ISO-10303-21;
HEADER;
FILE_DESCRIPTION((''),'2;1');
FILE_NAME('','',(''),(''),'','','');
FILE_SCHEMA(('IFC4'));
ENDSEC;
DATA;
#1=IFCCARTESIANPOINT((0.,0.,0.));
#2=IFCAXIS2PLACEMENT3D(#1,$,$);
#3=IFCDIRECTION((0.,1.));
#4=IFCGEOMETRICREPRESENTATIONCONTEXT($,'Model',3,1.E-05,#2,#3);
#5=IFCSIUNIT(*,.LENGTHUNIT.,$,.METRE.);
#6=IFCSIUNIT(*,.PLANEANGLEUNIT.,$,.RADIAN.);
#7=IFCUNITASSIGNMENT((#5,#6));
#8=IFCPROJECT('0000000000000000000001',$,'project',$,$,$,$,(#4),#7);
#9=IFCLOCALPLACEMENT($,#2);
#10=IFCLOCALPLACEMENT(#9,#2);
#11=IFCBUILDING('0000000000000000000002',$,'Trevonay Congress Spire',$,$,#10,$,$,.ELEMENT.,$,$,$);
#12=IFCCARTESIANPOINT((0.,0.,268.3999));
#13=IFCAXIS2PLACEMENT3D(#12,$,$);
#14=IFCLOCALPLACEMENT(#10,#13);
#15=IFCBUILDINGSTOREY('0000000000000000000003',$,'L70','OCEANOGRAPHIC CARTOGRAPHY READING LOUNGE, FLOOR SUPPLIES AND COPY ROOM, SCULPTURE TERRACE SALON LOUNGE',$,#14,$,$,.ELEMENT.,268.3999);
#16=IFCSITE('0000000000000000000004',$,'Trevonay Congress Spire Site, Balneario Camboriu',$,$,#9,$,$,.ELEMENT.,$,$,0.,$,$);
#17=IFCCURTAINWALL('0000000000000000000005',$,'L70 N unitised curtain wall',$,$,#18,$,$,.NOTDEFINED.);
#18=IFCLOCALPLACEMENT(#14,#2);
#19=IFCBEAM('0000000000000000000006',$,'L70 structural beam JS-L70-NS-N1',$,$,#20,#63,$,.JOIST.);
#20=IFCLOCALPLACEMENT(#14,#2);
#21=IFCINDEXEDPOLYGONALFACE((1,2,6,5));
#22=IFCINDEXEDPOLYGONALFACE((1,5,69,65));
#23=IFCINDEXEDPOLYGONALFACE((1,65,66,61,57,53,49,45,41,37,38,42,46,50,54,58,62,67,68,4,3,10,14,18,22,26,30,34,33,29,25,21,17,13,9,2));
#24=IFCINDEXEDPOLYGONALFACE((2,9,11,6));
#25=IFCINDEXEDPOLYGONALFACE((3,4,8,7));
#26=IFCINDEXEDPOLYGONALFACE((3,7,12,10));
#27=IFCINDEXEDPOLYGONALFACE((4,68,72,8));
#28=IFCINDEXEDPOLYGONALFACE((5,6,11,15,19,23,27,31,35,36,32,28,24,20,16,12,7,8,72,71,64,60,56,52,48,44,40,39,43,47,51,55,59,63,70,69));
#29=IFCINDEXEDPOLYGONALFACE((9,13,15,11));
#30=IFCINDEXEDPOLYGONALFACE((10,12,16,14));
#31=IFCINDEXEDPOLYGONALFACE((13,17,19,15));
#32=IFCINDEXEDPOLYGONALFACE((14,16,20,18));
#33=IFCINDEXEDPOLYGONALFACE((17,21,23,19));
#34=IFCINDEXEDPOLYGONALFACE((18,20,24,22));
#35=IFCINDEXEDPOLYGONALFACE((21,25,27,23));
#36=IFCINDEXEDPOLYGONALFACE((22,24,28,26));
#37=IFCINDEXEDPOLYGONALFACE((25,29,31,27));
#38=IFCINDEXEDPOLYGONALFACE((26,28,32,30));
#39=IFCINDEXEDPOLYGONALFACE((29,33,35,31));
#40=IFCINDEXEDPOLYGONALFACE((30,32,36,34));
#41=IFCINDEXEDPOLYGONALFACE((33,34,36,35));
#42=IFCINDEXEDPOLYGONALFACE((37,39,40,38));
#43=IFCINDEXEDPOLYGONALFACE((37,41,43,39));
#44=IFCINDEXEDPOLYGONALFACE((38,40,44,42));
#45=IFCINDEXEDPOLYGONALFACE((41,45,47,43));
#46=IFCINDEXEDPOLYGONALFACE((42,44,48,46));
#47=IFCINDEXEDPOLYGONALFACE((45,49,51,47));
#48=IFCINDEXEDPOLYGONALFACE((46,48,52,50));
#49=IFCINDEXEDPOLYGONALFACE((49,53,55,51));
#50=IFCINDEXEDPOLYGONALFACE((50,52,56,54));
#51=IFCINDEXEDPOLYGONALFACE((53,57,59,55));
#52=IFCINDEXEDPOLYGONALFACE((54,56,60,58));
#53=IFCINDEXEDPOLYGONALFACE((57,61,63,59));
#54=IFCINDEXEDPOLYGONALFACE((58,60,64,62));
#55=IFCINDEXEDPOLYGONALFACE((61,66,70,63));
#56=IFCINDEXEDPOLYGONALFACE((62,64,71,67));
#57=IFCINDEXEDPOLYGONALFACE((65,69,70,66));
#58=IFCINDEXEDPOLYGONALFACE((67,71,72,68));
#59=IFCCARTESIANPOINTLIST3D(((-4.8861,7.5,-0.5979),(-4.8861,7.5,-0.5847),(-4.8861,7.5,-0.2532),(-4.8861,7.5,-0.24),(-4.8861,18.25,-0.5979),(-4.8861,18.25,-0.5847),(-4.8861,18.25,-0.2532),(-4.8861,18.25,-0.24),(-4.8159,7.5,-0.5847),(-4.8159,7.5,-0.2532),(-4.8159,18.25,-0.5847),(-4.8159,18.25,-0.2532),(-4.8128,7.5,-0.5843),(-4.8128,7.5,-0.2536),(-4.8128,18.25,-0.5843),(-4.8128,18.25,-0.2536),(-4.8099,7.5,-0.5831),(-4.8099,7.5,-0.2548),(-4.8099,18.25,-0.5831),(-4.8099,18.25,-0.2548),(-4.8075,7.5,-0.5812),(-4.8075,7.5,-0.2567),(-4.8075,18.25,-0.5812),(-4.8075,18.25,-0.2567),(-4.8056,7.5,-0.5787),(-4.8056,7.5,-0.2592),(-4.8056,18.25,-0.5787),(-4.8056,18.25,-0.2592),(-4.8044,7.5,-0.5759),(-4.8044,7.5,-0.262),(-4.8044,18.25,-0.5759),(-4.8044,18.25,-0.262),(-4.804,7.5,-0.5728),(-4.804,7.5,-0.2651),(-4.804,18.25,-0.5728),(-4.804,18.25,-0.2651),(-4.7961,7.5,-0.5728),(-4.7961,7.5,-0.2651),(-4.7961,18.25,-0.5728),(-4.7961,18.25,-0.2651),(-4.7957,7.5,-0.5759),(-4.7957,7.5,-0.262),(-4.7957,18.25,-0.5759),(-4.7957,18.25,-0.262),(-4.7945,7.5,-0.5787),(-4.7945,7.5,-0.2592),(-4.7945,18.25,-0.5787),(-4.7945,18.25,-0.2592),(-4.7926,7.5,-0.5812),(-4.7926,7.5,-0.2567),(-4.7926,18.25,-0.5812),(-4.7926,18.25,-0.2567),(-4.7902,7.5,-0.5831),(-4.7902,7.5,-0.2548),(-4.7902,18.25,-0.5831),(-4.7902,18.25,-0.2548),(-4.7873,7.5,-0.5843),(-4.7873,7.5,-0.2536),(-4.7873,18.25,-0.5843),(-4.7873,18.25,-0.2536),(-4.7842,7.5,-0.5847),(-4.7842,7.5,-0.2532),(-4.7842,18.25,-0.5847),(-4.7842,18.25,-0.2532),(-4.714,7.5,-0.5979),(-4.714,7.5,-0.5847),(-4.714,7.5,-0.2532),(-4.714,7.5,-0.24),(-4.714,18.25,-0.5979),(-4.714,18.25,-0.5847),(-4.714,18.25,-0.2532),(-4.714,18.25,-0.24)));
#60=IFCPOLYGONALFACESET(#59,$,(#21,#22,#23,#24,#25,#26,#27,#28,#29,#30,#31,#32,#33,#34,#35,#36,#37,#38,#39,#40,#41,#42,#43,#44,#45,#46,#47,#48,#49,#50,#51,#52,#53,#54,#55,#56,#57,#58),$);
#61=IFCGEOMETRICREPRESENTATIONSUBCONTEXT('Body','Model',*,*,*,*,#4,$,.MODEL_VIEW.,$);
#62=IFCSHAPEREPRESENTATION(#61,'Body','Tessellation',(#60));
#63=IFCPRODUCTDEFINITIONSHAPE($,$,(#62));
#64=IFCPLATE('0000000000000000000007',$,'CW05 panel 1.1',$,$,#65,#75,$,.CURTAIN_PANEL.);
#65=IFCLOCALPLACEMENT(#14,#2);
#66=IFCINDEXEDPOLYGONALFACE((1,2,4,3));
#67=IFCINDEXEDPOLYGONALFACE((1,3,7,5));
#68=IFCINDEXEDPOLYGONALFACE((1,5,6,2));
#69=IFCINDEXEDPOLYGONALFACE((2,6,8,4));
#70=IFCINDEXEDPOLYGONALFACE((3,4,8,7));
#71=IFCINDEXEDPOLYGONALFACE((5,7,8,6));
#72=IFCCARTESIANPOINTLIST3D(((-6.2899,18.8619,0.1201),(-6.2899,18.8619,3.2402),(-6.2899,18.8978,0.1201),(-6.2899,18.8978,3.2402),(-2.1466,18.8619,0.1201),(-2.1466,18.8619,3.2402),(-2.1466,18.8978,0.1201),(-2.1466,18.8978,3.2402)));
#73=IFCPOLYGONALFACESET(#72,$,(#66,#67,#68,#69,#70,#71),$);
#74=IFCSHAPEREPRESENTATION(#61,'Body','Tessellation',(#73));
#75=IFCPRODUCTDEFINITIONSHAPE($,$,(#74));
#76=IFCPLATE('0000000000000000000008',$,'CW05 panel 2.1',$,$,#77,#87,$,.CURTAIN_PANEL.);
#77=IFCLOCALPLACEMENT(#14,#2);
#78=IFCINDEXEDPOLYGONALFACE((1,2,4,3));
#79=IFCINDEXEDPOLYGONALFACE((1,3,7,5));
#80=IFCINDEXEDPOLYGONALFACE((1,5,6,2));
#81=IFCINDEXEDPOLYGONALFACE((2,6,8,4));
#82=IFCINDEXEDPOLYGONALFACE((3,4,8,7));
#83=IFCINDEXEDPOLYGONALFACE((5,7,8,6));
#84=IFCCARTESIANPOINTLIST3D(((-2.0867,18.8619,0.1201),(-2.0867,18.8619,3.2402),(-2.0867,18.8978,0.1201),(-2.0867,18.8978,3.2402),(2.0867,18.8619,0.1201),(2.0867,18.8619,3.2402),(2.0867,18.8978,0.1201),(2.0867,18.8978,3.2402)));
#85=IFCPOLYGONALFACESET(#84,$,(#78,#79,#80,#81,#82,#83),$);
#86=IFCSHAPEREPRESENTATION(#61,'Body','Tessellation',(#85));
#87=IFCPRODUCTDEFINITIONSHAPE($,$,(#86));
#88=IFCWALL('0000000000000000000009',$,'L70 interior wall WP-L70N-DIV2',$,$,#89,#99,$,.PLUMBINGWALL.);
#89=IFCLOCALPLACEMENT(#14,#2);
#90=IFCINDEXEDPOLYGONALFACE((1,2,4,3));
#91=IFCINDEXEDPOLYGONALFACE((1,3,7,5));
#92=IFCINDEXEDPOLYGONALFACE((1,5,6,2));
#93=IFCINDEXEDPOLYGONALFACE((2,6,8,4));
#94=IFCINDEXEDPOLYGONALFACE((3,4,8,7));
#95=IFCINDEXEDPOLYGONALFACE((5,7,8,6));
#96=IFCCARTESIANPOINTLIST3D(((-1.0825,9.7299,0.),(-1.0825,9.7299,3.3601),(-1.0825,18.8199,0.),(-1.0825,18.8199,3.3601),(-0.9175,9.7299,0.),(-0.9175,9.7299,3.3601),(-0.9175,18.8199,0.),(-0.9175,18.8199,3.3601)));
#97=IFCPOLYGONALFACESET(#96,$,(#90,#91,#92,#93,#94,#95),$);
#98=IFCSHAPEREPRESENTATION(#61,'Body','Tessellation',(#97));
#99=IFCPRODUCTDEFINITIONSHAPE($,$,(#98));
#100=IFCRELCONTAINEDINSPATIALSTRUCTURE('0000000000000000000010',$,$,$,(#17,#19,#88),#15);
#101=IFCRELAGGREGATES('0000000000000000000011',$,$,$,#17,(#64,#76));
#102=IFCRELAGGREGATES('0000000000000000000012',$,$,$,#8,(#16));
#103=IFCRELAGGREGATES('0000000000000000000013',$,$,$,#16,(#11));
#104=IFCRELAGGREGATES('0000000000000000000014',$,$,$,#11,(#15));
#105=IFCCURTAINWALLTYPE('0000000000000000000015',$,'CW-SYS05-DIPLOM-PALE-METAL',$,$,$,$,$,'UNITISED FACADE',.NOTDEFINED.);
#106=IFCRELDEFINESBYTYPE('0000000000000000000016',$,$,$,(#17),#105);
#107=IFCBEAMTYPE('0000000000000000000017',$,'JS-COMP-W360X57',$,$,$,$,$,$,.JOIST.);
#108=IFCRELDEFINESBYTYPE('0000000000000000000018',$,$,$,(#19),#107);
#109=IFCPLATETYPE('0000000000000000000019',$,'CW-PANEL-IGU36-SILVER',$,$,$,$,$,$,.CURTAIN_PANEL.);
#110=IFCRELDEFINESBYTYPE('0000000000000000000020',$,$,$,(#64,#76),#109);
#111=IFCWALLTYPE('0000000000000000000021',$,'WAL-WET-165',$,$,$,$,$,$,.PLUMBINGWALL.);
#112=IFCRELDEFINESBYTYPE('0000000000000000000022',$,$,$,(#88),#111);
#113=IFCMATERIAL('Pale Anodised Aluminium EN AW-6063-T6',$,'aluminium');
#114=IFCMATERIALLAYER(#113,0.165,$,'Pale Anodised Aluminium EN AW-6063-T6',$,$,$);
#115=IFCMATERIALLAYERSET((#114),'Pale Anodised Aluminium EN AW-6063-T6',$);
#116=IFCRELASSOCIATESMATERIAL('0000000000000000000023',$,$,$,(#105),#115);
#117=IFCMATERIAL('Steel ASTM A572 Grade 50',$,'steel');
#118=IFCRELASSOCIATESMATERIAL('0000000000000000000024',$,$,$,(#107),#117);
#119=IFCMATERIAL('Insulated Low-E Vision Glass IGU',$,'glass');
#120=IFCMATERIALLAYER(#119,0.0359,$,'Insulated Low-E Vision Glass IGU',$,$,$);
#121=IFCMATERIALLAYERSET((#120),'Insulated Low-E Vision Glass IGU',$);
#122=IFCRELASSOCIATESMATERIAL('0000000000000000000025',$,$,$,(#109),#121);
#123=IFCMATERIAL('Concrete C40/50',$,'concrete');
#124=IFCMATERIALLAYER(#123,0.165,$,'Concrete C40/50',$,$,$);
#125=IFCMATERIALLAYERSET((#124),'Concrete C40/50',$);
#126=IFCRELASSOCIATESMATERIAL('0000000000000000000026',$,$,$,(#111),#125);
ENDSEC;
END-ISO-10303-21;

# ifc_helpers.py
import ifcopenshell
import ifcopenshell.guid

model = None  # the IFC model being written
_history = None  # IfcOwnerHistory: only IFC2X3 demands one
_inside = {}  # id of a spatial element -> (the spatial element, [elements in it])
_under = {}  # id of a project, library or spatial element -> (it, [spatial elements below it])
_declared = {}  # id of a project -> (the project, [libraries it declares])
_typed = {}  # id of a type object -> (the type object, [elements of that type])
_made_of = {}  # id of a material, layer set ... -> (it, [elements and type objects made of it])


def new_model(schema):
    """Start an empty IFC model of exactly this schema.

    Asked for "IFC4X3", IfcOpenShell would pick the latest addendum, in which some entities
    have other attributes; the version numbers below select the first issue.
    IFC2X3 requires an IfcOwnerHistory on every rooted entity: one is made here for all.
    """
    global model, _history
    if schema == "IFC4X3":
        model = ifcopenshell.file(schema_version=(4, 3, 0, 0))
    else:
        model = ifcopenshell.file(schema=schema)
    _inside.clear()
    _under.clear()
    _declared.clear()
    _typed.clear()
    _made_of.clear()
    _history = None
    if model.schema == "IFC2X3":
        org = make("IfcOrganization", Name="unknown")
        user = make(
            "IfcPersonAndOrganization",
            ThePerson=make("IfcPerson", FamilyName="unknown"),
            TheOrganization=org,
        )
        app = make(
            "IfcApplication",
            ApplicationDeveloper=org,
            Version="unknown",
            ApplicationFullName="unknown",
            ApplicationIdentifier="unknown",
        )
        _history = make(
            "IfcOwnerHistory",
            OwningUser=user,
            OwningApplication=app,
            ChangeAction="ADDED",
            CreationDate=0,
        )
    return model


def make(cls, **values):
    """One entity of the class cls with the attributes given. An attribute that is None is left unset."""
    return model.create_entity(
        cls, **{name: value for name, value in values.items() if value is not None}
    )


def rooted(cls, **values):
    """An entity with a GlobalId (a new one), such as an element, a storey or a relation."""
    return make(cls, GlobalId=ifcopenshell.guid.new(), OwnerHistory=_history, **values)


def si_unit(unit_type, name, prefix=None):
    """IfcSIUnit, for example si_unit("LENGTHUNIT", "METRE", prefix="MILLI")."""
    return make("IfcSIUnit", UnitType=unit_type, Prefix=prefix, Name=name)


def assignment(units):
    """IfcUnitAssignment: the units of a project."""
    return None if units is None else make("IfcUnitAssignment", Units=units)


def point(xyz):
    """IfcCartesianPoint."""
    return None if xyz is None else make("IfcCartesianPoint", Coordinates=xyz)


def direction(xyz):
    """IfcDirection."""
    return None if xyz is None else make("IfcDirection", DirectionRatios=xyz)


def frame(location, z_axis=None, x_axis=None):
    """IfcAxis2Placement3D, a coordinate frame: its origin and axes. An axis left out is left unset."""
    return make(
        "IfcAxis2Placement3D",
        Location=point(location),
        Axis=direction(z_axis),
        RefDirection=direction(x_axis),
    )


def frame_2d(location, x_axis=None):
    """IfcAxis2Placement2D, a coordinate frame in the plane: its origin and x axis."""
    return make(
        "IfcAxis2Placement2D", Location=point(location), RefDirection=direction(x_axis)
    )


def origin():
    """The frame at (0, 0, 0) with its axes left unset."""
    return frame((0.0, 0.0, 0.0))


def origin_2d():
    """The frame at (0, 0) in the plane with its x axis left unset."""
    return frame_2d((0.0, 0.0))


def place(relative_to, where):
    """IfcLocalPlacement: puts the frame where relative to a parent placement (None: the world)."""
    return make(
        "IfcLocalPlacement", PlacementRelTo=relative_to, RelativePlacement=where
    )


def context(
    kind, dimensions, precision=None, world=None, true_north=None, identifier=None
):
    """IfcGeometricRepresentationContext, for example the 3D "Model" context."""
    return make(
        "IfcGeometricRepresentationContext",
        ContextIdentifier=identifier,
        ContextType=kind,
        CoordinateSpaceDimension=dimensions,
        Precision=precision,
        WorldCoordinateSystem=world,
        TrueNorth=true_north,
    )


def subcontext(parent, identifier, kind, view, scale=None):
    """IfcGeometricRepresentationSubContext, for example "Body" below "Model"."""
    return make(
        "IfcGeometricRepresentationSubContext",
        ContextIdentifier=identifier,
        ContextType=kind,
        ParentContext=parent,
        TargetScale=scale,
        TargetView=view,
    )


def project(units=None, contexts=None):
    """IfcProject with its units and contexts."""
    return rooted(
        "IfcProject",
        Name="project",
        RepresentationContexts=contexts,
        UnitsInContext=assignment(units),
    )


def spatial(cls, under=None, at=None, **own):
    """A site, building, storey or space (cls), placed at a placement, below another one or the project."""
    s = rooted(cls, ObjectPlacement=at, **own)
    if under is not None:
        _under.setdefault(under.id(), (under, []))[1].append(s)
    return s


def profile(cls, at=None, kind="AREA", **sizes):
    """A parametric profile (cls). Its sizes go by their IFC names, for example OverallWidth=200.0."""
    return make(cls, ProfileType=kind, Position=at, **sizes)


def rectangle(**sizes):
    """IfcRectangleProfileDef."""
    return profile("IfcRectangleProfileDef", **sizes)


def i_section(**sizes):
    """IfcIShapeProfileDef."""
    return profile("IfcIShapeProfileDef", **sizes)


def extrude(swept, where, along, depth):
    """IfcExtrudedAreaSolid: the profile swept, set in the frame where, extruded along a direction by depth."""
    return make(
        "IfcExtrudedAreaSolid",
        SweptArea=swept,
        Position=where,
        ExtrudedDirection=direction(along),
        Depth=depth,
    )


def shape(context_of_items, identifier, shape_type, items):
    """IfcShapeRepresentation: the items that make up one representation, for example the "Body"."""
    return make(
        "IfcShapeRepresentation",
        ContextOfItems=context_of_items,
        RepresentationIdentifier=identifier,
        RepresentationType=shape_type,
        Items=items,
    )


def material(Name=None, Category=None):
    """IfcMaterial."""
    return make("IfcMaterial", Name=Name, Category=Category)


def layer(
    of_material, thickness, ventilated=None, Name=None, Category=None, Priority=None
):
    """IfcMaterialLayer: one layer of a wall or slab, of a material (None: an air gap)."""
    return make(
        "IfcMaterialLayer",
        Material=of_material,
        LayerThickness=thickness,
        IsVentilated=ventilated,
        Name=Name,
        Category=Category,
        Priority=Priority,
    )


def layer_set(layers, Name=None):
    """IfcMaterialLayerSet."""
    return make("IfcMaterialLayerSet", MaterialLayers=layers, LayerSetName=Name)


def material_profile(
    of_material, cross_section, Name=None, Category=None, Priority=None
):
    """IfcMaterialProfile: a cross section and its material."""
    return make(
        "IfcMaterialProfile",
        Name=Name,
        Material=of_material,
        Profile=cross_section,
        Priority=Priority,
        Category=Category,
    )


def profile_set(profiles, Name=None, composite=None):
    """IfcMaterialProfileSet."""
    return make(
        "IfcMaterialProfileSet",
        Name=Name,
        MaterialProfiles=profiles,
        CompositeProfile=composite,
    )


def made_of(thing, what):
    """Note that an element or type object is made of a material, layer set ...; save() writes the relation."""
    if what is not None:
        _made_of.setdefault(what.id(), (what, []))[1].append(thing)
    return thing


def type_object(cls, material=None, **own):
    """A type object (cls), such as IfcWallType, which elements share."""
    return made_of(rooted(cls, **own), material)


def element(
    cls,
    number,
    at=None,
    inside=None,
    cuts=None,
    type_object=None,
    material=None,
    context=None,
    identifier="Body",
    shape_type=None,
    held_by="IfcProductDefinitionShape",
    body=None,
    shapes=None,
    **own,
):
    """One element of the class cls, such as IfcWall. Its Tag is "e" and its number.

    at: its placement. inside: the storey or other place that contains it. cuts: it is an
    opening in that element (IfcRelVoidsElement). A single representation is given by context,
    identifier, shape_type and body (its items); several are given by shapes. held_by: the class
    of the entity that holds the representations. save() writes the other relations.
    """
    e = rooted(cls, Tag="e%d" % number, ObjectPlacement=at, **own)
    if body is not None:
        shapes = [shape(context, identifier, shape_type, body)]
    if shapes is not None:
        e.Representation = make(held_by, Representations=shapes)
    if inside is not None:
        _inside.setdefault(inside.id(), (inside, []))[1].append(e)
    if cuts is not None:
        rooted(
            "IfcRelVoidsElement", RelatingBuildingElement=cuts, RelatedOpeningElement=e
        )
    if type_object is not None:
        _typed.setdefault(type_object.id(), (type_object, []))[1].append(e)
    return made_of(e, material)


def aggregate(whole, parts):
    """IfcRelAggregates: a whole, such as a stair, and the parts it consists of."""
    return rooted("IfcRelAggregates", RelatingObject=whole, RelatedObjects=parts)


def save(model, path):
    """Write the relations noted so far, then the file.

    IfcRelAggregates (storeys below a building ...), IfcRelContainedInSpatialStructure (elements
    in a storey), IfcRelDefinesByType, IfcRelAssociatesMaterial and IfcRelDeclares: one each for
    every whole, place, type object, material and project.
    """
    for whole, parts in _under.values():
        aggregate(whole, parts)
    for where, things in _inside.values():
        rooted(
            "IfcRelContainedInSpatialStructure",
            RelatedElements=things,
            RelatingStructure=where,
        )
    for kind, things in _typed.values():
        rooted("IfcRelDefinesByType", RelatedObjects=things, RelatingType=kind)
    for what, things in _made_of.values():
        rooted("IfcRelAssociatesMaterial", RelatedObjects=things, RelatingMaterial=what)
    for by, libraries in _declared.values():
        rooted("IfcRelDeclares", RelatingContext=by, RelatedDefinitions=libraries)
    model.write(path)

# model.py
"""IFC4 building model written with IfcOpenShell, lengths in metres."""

from ifc_helpers import new_model, si_unit, direction, frame, frame_2d, origin, origin_2d, place, context, subcontext, project, spatial, rectangle, i_section, extrude, material, layer, layer_set, material_profile, profile_set, type_object, element, aggregate, save


model = new_model("IFC4")

# Units and contexts
model_context = context("Model", 3, precision=1e-05, world=origin(), true_north=direction((0.0, 1.0)))
body_context = subcontext(model_context, "Body", "Model", "MODEL_VIEW")
ifc_project = project(units=[si_unit("LENGTHUNIT", "METRE"), si_unit("PLANEANGLEUNIT", "RADIAN")], contexts=[model_context])

# Site, building, storey
site_placement = place(None, origin())
site = spatial("IfcSite", under=ifc_project, at=site_placement, Name="Trevonay Congress Spire Site, Balneario Camboriu", CompositionType="ELEMENT", RefElevation=0.0)
building_placement = place(site_placement, origin())
building = spatial("IfcBuilding", under=site, at=building_placement, Name="Trevonay Congress Spire", CompositionType="ELEMENT")
storey_placement = place(building_placement, frame((0.0, 0.0, 268.3999)))
storey = spatial("IfcBuildingStorey", under=building, at=storey_placement, Name="L70", Description="OCEANOGRAPHIC CARTOGRAPHY READING LOUNGE, FLOOR SUPPLIES AND COPY ROOM, SCULPTURE TERRACE SALON LOUNGE", CompositionType="ELEMENT", Elevation=268.3999)

# Shared definitions
ifc_material_1 = material(Name="Steel ASTM A572 Grade 50", Category="steel")

# Curtain wall
ifc_material_2 = material(Name="Pale Anodised Aluminium EN AW-6063-T6", Category="aluminium")
ifc_layer_1 = layer(ifc_material_2, 0.165, Name="Pale Anodised Aluminium EN AW-6063-T6")
ifc_layer_set_1 = layer_set([ifc_layer_1], Name="Pale Anodised Aluminium EN AW-6063-T6")
curtain_wall_type = type_object("IfcCurtainWallType", Name="CW-SYS05-DIPLOM-PALE-METAL", ElementType="UNITISED FACADE", PredefinedType="NOTDEFINED", material=ifc_layer_set_1)
curtain_wall_placement = place(storey_placement, origin())
curtain_wall = element("IfcCurtainWall", 1, at=curtain_wall_placement, inside=storey, type_object=curtain_wall_type, Name="L70 N unitised curtain wall", PredefinedType="NOTDEFINED")

# Beam
ifc_material_profile_1 = material_profile(ifc_material_1, i_section(OverallWidth=0.1721, OverallDepth=0.3579, WebThickness=0.0078, FlangeThickness=0.0132, FilletRadius=0.012, at=origin_2d()), Name="W360x57.8")
ifc_profile_set_1 = profile_set([ifc_material_profile_1], Name="Steel ASTM A572 Grade 50")
beam_type_1 = type_object("IfcBeamType", Name="JS-COMP-W360X57", PredefinedType="JOIST", material=ifc_profile_set_1)
beam_1_placement = place(storey_placement, frame((-4.8, 7.5, -0.4189), z_axis=(0.0, 1.0, 0.0), x_axis=(-1.0, 0.0, 0.0)))
element("IfcBeam", 2, at=beam_1_placement, inside=storey, type_object=beam_type_1, Name="L70 structural beam JS-L70-NS-N1", PredefinedType="JOIST", context=body_context, shape_type="SweptSolid", body=[
    extrude(i_section(OverallWidth=0.1721, OverallDepth=0.3579, WebThickness=0.0078, FlangeThickness=0.0132, FilletRadius=0.012, at=origin_2d()), origin(), (0.0, 0.0, 1.0), 10.75),
])

# Plates
ifc_material_3 = material(Name="Insulated Low-E Vision Glass IGU", Category="glass")
ifc_layer_2 = layer(ifc_material_3, 0.0359, Name="Insulated Low-E Vision Glass IGU")
ifc_layer_set_2 = layer_set([ifc_layer_2], Name="Insulated Low-E Vision Glass IGU")
plate_type = type_object("IfcPlateType", Name="CW-PANEL-IGU36-SILVER", PredefinedType="CURTAIN_PANEL", material=ifc_layer_set_2)
plate_1_placement = place(storey_placement, frame((-4.2183, 18.8799, 0.1201), z_axis=(0.0, 0.0, 1.0), x_axis=(1.0, 0.0, 0.0)))
plate_1 = element("IfcPlate", 3, at=plate_1_placement, type_object=plate_type, Name="CW05 panel 1.1", PredefinedType="CURTAIN_PANEL", context=body_context, shape_type="SweptSolid", body=[
    extrude(rectangle(XDim=4.1433, YDim=0.0359, at=origin_2d()), origin(), (0.0, 0.0, 1.0), 3.1201),
])
plate_2_placement = place(storey_placement, frame((0.0, 18.8799, 0.1201), z_axis=(0.0, 0.0, 1.0), x_axis=(1.0, 0.0, 0.0)))
plate_2 = element("IfcPlate", 4, at=plate_2_placement, type_object=plate_type, Name="CW05 panel 2.1", PredefinedType="CURTAIN_PANEL", context=body_context, shape_type="SweptSolid", body=[
    extrude(rectangle(XDim=4.1733, YDim=0.0359, at=origin_2d()), origin(), (0.0, 0.0, 1.0), 3.1201),
])
aggregate(curtain_wall, [plate_1, plate_2])

# Wall
ifc_material_4 = material(Name="Concrete C40/50", Category="concrete")
ifc_layer_3 = layer(ifc_material_4, 0.165, Name="Concrete C40/50")
ifc_layer_set_3 = layer_set([ifc_layer_3], Name="Concrete C40/50")
wall_type = type_object("IfcWallType", Name="WAL-WET-165", PredefinedType="PLUMBINGWALL", material=ifc_layer_set_3)
wall_placement = place(storey_placement, frame((-1.0, 9.73, 0.0), z_axis=(0.0, 0.0, 1.0), x_axis=(0.0, 1.0, 0.0)))
element("IfcWall", 5, at=wall_placement, inside=storey, type_object=wall_type, Name="L70 interior wall WP-L70N-DIV2", PredefinedType="PLUMBINGWALL", context=body_context, shape_type="SweptSolid", body=[
    extrude(rectangle(XDim=9.0901, YDim=0.165, at=frame_2d((4.5449, 0.0))), origin(), (0.0, 0.0, 1.0), 3.3601),
])

save(model, "model.ifc")
